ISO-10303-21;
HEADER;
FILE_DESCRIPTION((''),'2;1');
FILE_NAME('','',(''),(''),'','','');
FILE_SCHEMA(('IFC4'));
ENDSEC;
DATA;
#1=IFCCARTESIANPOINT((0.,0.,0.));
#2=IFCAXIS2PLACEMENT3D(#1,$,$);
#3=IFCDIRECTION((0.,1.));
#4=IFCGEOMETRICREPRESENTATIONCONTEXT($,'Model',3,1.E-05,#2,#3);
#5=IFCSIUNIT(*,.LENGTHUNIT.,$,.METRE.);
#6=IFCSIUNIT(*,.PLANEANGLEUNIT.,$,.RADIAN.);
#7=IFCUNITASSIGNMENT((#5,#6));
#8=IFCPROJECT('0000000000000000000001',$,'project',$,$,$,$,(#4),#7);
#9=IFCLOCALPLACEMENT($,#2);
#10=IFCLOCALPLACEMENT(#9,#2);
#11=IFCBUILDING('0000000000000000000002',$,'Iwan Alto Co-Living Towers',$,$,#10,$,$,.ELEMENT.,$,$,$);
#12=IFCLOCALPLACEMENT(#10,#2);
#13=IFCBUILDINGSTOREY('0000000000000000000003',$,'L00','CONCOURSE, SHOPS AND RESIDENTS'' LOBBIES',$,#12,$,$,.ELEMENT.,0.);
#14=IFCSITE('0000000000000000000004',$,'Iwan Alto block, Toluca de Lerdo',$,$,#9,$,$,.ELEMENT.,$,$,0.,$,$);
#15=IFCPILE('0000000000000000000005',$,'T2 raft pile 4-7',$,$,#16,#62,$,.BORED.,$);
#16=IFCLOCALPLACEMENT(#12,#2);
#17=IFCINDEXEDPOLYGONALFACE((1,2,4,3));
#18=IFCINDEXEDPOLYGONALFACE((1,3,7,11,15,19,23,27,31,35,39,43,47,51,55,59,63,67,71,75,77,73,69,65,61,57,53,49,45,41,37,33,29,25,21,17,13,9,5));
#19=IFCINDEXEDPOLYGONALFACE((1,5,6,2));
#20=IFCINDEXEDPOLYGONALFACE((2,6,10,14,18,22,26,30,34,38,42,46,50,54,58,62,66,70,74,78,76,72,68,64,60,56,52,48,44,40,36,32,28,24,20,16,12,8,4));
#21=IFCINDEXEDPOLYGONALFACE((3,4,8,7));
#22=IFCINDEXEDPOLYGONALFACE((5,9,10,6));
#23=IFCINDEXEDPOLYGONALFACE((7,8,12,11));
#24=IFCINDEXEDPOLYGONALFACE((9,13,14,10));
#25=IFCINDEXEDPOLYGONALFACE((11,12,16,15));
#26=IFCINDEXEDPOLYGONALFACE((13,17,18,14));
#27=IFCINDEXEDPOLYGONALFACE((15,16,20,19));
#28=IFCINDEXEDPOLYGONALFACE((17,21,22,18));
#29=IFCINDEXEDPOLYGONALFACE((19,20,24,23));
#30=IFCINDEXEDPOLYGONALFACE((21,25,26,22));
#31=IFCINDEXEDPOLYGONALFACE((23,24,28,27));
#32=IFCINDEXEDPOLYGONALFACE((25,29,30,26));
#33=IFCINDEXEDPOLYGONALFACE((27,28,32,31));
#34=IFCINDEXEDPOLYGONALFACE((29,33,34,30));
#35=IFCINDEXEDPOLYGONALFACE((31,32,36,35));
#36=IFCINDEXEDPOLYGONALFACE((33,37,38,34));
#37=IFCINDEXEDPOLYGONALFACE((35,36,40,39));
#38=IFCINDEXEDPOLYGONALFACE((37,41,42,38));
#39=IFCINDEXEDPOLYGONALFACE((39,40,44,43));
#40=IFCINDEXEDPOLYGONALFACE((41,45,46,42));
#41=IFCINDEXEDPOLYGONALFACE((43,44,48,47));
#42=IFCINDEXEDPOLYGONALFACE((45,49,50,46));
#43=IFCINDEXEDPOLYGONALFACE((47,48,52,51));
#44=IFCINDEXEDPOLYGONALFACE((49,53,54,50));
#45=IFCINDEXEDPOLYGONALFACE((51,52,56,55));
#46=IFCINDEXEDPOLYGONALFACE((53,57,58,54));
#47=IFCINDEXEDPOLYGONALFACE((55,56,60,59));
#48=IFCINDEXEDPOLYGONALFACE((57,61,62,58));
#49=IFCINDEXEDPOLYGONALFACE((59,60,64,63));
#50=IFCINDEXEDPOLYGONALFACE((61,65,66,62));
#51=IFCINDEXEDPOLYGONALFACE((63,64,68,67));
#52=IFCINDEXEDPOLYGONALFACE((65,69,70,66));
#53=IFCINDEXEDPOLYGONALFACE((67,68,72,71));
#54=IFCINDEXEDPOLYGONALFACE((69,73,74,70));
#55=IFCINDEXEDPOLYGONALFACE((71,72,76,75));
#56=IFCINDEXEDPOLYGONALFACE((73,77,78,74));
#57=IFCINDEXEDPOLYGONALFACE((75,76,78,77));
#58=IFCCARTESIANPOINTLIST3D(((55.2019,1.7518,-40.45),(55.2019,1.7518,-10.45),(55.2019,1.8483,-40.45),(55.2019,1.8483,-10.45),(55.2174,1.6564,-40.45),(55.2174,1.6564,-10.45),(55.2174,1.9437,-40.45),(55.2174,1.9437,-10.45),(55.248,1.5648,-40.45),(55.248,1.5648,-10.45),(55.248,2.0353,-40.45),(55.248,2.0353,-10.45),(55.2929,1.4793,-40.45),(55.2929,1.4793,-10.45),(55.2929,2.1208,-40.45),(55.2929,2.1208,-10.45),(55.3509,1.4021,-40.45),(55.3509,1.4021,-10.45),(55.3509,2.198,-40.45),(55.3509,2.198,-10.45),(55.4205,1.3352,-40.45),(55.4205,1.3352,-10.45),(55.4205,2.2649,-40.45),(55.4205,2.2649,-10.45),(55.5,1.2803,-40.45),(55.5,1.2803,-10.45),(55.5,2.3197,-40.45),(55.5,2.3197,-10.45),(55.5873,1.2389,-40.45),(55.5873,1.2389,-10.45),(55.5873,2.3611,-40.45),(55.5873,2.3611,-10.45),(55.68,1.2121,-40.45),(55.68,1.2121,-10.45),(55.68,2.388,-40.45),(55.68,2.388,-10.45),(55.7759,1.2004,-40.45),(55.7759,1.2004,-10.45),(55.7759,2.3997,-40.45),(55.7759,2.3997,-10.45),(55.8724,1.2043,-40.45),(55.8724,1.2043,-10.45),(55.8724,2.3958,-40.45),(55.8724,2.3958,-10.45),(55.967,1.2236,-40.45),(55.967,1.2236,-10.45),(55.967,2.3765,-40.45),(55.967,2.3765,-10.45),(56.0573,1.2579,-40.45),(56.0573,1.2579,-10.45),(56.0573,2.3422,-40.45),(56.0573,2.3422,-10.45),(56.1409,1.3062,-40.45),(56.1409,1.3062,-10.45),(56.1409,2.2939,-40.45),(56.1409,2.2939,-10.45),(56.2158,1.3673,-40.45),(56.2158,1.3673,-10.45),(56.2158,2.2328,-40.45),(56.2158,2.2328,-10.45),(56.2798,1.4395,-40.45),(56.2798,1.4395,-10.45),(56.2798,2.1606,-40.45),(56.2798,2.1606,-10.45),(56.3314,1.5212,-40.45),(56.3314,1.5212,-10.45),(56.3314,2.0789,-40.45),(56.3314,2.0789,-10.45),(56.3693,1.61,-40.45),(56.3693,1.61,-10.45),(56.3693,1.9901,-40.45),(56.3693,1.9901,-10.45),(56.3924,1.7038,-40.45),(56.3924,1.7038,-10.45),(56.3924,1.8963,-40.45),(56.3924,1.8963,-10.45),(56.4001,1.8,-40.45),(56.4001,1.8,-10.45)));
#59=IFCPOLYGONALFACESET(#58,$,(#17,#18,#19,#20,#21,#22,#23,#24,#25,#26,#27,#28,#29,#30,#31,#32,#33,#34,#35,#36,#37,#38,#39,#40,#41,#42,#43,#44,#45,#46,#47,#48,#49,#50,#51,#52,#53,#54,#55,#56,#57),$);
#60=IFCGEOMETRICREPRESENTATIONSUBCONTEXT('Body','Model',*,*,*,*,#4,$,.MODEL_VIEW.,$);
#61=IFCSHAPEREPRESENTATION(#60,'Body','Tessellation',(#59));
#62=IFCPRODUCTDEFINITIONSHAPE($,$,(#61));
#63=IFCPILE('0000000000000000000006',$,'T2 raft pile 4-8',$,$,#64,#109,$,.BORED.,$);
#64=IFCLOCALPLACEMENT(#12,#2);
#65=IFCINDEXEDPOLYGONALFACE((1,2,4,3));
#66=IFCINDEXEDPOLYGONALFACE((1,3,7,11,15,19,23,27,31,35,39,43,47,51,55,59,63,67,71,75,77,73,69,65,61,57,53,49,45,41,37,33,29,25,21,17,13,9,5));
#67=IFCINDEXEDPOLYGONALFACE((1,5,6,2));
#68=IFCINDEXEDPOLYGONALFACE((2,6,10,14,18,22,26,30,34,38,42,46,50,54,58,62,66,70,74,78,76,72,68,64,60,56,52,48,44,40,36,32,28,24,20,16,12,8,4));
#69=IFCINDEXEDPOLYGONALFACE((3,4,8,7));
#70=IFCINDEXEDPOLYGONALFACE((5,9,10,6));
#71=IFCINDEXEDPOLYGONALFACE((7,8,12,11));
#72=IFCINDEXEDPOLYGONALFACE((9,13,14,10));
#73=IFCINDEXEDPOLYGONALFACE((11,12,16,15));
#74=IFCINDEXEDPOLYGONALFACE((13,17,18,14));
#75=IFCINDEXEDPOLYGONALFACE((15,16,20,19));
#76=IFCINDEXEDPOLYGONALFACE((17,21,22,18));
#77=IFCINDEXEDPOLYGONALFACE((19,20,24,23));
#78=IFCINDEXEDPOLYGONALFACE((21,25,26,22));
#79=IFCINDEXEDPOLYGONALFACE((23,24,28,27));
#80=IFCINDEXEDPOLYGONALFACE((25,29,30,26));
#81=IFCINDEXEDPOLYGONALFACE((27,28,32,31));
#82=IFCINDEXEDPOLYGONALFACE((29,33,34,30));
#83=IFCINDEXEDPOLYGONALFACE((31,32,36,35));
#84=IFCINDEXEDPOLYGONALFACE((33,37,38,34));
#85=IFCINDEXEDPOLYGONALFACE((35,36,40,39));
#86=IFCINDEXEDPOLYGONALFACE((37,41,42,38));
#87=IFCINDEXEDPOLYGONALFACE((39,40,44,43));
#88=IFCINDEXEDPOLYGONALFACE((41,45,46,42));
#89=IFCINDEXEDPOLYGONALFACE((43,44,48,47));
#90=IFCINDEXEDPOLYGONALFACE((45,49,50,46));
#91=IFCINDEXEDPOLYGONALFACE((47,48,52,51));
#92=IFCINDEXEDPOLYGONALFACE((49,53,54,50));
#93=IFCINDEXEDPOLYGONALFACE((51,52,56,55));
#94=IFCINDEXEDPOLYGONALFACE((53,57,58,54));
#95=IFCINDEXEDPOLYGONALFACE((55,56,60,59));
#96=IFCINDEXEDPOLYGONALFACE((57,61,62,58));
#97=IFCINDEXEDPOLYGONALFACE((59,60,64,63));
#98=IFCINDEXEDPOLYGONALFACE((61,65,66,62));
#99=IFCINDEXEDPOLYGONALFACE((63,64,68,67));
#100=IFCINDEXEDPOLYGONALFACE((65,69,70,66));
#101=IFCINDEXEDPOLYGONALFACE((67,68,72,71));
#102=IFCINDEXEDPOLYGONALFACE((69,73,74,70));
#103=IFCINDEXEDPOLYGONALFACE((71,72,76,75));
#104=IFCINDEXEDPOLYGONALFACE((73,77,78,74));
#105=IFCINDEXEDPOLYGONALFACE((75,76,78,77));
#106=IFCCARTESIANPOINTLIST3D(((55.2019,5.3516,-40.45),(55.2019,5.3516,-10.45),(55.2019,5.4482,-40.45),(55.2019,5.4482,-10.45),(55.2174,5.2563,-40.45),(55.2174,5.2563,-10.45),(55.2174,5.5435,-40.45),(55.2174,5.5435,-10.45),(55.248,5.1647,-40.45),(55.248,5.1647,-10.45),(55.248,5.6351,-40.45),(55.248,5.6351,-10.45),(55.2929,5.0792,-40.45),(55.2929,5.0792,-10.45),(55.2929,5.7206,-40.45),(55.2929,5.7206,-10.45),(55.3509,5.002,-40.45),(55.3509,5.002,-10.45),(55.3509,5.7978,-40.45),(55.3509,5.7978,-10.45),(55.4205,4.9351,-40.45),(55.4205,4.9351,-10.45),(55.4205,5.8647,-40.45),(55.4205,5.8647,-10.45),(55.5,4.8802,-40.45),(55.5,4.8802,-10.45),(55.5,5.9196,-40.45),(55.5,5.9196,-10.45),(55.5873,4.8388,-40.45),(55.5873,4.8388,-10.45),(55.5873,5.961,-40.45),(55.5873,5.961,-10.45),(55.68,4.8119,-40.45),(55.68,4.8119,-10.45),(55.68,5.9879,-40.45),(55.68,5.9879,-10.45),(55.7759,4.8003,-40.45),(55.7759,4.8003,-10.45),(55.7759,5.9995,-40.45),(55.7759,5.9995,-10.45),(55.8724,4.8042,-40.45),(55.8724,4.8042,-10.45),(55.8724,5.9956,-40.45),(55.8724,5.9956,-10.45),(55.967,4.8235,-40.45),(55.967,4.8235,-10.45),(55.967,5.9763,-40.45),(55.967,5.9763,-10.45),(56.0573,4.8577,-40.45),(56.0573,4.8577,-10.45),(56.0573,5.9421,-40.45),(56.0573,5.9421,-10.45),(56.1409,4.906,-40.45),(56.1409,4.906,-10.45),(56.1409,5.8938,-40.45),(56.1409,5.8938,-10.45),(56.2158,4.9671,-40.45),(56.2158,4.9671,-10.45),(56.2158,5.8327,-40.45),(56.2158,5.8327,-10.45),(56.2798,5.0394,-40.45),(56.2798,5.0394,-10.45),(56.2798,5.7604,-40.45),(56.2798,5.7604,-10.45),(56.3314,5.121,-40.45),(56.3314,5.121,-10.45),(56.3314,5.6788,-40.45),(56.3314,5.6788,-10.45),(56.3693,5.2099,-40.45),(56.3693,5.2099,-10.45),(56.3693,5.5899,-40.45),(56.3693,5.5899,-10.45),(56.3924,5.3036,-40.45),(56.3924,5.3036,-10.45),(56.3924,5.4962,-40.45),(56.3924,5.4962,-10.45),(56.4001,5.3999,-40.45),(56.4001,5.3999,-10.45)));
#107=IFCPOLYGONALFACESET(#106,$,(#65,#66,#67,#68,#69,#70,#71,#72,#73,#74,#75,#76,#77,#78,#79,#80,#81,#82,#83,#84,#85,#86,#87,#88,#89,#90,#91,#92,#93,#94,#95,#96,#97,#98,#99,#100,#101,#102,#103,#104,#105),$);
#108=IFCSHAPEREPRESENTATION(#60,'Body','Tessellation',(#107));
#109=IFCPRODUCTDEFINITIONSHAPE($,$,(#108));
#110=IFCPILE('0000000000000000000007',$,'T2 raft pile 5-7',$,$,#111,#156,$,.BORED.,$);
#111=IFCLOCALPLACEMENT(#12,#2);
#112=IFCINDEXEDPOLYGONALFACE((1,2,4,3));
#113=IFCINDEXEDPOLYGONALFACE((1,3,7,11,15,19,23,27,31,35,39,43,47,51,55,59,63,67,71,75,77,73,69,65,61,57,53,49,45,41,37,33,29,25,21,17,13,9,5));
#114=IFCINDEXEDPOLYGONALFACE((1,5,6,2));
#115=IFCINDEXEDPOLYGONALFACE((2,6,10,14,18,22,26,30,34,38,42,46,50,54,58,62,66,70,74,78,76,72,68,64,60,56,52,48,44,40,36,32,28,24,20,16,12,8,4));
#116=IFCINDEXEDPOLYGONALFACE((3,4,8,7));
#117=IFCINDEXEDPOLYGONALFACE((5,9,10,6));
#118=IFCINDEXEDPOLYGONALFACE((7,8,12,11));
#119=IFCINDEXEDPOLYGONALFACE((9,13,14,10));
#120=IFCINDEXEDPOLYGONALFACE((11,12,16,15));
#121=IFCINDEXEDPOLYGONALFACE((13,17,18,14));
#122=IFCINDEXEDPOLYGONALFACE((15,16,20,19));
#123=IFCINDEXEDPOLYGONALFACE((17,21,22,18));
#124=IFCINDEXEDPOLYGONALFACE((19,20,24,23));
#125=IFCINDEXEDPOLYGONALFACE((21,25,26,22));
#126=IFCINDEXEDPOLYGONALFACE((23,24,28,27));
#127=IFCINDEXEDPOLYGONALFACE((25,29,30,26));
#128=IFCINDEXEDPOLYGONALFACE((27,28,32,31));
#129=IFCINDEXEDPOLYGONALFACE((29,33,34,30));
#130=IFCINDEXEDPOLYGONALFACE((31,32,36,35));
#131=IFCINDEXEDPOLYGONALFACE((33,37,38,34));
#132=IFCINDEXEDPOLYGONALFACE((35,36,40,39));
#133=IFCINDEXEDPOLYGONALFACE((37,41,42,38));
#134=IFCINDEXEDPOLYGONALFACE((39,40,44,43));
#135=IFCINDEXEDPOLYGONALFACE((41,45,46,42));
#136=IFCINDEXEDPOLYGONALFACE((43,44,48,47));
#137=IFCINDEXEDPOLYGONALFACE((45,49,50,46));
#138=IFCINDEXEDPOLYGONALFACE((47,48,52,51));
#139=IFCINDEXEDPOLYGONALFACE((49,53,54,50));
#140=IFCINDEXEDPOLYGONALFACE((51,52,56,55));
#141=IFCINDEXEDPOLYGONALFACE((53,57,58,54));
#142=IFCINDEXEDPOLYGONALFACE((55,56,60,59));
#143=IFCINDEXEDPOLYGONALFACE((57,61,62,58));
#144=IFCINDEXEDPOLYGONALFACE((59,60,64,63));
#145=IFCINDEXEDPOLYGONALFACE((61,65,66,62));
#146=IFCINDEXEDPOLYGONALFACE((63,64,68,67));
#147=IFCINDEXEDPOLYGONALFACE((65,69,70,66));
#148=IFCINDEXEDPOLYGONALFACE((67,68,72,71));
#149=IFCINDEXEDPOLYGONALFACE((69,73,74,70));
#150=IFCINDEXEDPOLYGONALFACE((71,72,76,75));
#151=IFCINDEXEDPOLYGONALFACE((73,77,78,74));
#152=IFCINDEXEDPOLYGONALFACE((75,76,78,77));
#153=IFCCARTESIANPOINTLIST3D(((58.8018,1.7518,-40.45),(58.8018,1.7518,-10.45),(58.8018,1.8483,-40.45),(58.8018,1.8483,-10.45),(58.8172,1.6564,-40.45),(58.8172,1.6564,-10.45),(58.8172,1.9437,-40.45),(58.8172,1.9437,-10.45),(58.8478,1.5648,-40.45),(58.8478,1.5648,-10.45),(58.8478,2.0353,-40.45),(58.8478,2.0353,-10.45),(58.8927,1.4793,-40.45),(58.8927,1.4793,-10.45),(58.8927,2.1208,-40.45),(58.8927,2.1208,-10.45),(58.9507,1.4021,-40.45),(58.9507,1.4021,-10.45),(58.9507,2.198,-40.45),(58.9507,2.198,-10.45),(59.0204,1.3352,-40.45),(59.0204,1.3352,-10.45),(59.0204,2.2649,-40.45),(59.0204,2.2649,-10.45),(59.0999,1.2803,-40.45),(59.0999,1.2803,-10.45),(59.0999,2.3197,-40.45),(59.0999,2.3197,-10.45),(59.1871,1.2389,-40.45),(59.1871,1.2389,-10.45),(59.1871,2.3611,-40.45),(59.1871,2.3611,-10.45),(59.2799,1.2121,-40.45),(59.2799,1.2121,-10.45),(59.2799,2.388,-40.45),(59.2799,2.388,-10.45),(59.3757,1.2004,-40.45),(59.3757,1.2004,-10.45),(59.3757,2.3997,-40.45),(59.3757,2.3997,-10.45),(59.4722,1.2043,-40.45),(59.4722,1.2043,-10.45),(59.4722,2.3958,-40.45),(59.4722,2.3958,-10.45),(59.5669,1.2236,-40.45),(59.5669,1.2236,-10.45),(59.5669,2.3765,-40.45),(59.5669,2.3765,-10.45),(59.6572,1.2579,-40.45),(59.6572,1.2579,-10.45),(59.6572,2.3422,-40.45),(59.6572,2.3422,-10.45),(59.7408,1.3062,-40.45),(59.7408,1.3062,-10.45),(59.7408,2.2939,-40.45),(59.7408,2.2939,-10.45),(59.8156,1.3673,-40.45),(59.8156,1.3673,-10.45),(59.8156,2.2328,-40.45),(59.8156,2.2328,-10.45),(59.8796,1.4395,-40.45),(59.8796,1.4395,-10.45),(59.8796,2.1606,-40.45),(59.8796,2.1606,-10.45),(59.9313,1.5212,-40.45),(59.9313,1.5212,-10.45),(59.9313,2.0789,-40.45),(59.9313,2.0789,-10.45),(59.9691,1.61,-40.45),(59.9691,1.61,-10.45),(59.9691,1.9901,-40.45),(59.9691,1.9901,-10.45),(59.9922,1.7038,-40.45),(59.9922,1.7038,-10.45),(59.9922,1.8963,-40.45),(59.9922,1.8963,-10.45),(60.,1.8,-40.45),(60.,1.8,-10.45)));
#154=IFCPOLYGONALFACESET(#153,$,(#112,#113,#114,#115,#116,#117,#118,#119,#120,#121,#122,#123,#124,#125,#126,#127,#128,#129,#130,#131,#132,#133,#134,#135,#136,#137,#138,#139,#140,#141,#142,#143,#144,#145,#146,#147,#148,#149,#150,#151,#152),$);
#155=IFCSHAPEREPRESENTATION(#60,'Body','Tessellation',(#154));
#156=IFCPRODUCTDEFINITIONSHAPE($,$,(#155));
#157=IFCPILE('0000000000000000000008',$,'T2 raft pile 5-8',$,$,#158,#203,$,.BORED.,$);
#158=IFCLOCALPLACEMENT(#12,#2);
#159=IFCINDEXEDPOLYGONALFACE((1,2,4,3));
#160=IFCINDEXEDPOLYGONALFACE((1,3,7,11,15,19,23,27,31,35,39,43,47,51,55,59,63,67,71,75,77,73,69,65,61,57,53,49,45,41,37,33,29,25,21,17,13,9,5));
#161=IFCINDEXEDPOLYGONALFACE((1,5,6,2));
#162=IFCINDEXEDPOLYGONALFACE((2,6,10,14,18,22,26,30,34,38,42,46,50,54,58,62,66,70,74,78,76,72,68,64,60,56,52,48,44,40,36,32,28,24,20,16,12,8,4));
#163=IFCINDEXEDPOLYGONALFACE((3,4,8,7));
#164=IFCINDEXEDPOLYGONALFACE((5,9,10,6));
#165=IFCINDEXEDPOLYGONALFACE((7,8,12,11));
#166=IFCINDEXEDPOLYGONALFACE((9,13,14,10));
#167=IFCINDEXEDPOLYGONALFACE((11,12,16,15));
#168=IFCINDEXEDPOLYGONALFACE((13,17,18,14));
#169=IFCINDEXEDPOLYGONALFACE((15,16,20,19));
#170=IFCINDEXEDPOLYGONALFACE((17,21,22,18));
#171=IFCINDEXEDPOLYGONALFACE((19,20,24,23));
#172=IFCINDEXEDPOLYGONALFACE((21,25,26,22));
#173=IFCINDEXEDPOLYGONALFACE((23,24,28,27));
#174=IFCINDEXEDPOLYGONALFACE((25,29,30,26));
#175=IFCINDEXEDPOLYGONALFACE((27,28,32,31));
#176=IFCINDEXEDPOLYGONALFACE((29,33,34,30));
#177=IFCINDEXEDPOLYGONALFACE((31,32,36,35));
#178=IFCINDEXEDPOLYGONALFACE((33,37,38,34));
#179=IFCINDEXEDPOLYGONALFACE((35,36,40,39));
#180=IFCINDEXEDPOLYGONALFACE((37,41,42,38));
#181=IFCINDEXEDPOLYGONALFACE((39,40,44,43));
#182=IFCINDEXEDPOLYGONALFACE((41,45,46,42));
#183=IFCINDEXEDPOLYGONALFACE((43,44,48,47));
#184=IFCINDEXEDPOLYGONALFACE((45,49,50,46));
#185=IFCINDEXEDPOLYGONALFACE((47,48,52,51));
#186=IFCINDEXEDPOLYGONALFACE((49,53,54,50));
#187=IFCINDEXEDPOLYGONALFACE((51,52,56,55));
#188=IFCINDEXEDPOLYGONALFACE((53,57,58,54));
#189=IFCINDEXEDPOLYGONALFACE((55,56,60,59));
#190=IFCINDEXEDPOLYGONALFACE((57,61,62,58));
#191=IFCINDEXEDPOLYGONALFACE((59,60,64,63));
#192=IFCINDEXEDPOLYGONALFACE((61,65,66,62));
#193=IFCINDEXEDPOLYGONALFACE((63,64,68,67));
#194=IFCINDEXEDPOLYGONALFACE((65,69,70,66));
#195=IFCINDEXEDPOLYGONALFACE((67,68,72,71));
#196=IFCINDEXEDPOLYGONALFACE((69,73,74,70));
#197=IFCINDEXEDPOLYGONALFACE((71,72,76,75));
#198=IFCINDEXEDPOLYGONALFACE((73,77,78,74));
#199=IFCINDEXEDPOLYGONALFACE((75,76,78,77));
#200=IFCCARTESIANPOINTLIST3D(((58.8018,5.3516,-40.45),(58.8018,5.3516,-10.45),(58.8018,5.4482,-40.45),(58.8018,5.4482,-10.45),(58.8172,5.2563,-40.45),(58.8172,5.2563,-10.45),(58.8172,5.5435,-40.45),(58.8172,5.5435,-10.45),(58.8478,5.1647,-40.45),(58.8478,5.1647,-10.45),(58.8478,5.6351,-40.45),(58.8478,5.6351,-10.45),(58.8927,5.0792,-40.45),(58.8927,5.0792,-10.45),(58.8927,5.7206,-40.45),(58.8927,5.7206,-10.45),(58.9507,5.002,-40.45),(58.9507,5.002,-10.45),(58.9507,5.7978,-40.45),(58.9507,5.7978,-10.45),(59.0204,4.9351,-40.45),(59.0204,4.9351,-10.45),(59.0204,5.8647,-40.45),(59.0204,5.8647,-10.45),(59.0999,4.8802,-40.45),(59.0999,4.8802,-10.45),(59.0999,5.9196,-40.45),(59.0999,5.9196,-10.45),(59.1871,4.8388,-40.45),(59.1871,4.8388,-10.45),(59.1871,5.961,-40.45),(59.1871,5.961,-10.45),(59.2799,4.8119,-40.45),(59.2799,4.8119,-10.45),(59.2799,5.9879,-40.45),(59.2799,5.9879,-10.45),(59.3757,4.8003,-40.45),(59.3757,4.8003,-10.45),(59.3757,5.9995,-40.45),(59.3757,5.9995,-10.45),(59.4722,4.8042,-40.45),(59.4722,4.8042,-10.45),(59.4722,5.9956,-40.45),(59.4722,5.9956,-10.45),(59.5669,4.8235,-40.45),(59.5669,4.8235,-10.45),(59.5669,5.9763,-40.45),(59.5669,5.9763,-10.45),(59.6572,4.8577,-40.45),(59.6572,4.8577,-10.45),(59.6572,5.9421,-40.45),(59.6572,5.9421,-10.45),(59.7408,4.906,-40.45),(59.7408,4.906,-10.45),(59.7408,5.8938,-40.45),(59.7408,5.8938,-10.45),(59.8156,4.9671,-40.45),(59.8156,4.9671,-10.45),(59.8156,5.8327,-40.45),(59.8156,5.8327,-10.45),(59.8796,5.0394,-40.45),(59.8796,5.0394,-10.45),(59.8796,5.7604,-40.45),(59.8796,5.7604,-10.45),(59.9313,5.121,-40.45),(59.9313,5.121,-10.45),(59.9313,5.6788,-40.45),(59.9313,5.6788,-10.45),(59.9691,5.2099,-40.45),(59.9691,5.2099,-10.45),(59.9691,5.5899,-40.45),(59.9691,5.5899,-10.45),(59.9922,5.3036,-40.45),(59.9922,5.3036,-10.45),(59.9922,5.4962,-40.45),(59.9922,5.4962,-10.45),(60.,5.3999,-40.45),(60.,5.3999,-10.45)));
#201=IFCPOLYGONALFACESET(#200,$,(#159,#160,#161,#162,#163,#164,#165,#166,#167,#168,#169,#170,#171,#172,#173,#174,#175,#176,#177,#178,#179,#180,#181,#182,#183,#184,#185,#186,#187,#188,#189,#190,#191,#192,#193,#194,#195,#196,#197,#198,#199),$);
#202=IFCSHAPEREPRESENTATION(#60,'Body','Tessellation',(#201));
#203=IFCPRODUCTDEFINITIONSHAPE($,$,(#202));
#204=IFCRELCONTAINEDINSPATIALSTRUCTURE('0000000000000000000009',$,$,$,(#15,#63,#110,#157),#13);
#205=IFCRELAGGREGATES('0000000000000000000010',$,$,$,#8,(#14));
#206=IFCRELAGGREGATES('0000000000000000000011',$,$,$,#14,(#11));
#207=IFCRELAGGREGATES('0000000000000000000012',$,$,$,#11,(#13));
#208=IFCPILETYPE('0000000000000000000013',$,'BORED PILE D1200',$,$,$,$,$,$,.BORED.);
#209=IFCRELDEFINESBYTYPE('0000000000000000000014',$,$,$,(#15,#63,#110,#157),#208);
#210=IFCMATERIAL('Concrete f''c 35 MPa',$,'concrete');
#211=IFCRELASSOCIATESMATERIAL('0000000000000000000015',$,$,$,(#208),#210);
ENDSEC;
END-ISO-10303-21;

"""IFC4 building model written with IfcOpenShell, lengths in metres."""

from ifc_helpers import new_model, si_unit, direction, frame, origin, origin_2d, place, context, subcontext, project, spatial, circle, extrude, material, material_profile, profile_set, type_object, element, save


model = new_model("IFC4")

# Units and contexts
model_context = context("Model", 3, precision=1e-05, world=origin(), true_north=direction((0.0, 1.0)))
body_context = subcontext(model_context, "Body", "Model", "MODEL_VIEW")
ifc_project = project(units=[si_unit("LENGTHUNIT", "METRE"), si_unit("PLANEANGLEUNIT", "RADIAN")], contexts=[model_context])

# Site, building, storey
site_placement = place(None, origin())
site = spatial("IfcSite", under=ifc_project, at=site_placement, Name="Iwan Alto block, Toluca de Lerdo", CompositionType="ELEMENT", RefElevation=0.0)
building_placement = place(site_placement, origin())
building = spatial("IfcBuilding", under=site, at=building_placement, Name="Iwan Alto Co-Living Towers", CompositionType="ELEMENT")
storey_placement = place(building_placement, origin())
storey = spatial("IfcBuildingStorey", under=building, at=storey_placement, Name="L00", Description="CONCOURSE, SHOPS AND RESIDENTS' LOBBIES", CompositionType="ELEMENT", Elevation=0.0)

# Piles
ifc_material_1 = material(Name="Concrete f'c 35 MPa", Category="concrete")
ifc_material_profile_1 = material_profile(ifc_material_1, circle(Radius=0.6001, at=origin_2d()), Name="D1200")
ifc_profile_set_1 = profile_set([ifc_material_profile_1], Name="Concrete f'c 35 MPa")
pile_type = type_object("IfcPileType", Name="BORED PILE D1200", PredefinedType="BORED", material=ifc_profile_set_1)
for number, where, z_axis, x_axis, name in (
    (1, (55.8, 1.8, -10.45), (0.0, 0.0, -1.0), (1.0, 0.0, 0.0), "T2 raft pile 4-7"),
    (2, (55.8, 5.3999, -10.45), (0.0, 0.0, -1.0), (1.0, 0.0, 0.0), "T2 raft pile 4-8"),
    (3, (59.3999, 1.8, -10.45), (0.0, 0.0, -1.0), (1.0, 0.0, 0.0), "T2 raft pile 5-7"),
    (4, (59.3999, 5.3999, -10.45), (0.0, 0.0, -1.0), (1.0, 0.0, 0.0), "T2 raft pile 5-8"),
):
    element("IfcPile", number, at=place(storey_placement, frame(where, z_axis=z_axis, x_axis=x_axis)), inside=storey, type_object=pile_type, Name=name, PredefinedType="BORED", context=body_context, shape_type="SweptSolid", body=[
        extrude(circle(Radius=0.6001, at=origin_2d()), origin(), (0.0, 0.0, 1.0), 30.0),
    ])

save(model, "model.ifc")
